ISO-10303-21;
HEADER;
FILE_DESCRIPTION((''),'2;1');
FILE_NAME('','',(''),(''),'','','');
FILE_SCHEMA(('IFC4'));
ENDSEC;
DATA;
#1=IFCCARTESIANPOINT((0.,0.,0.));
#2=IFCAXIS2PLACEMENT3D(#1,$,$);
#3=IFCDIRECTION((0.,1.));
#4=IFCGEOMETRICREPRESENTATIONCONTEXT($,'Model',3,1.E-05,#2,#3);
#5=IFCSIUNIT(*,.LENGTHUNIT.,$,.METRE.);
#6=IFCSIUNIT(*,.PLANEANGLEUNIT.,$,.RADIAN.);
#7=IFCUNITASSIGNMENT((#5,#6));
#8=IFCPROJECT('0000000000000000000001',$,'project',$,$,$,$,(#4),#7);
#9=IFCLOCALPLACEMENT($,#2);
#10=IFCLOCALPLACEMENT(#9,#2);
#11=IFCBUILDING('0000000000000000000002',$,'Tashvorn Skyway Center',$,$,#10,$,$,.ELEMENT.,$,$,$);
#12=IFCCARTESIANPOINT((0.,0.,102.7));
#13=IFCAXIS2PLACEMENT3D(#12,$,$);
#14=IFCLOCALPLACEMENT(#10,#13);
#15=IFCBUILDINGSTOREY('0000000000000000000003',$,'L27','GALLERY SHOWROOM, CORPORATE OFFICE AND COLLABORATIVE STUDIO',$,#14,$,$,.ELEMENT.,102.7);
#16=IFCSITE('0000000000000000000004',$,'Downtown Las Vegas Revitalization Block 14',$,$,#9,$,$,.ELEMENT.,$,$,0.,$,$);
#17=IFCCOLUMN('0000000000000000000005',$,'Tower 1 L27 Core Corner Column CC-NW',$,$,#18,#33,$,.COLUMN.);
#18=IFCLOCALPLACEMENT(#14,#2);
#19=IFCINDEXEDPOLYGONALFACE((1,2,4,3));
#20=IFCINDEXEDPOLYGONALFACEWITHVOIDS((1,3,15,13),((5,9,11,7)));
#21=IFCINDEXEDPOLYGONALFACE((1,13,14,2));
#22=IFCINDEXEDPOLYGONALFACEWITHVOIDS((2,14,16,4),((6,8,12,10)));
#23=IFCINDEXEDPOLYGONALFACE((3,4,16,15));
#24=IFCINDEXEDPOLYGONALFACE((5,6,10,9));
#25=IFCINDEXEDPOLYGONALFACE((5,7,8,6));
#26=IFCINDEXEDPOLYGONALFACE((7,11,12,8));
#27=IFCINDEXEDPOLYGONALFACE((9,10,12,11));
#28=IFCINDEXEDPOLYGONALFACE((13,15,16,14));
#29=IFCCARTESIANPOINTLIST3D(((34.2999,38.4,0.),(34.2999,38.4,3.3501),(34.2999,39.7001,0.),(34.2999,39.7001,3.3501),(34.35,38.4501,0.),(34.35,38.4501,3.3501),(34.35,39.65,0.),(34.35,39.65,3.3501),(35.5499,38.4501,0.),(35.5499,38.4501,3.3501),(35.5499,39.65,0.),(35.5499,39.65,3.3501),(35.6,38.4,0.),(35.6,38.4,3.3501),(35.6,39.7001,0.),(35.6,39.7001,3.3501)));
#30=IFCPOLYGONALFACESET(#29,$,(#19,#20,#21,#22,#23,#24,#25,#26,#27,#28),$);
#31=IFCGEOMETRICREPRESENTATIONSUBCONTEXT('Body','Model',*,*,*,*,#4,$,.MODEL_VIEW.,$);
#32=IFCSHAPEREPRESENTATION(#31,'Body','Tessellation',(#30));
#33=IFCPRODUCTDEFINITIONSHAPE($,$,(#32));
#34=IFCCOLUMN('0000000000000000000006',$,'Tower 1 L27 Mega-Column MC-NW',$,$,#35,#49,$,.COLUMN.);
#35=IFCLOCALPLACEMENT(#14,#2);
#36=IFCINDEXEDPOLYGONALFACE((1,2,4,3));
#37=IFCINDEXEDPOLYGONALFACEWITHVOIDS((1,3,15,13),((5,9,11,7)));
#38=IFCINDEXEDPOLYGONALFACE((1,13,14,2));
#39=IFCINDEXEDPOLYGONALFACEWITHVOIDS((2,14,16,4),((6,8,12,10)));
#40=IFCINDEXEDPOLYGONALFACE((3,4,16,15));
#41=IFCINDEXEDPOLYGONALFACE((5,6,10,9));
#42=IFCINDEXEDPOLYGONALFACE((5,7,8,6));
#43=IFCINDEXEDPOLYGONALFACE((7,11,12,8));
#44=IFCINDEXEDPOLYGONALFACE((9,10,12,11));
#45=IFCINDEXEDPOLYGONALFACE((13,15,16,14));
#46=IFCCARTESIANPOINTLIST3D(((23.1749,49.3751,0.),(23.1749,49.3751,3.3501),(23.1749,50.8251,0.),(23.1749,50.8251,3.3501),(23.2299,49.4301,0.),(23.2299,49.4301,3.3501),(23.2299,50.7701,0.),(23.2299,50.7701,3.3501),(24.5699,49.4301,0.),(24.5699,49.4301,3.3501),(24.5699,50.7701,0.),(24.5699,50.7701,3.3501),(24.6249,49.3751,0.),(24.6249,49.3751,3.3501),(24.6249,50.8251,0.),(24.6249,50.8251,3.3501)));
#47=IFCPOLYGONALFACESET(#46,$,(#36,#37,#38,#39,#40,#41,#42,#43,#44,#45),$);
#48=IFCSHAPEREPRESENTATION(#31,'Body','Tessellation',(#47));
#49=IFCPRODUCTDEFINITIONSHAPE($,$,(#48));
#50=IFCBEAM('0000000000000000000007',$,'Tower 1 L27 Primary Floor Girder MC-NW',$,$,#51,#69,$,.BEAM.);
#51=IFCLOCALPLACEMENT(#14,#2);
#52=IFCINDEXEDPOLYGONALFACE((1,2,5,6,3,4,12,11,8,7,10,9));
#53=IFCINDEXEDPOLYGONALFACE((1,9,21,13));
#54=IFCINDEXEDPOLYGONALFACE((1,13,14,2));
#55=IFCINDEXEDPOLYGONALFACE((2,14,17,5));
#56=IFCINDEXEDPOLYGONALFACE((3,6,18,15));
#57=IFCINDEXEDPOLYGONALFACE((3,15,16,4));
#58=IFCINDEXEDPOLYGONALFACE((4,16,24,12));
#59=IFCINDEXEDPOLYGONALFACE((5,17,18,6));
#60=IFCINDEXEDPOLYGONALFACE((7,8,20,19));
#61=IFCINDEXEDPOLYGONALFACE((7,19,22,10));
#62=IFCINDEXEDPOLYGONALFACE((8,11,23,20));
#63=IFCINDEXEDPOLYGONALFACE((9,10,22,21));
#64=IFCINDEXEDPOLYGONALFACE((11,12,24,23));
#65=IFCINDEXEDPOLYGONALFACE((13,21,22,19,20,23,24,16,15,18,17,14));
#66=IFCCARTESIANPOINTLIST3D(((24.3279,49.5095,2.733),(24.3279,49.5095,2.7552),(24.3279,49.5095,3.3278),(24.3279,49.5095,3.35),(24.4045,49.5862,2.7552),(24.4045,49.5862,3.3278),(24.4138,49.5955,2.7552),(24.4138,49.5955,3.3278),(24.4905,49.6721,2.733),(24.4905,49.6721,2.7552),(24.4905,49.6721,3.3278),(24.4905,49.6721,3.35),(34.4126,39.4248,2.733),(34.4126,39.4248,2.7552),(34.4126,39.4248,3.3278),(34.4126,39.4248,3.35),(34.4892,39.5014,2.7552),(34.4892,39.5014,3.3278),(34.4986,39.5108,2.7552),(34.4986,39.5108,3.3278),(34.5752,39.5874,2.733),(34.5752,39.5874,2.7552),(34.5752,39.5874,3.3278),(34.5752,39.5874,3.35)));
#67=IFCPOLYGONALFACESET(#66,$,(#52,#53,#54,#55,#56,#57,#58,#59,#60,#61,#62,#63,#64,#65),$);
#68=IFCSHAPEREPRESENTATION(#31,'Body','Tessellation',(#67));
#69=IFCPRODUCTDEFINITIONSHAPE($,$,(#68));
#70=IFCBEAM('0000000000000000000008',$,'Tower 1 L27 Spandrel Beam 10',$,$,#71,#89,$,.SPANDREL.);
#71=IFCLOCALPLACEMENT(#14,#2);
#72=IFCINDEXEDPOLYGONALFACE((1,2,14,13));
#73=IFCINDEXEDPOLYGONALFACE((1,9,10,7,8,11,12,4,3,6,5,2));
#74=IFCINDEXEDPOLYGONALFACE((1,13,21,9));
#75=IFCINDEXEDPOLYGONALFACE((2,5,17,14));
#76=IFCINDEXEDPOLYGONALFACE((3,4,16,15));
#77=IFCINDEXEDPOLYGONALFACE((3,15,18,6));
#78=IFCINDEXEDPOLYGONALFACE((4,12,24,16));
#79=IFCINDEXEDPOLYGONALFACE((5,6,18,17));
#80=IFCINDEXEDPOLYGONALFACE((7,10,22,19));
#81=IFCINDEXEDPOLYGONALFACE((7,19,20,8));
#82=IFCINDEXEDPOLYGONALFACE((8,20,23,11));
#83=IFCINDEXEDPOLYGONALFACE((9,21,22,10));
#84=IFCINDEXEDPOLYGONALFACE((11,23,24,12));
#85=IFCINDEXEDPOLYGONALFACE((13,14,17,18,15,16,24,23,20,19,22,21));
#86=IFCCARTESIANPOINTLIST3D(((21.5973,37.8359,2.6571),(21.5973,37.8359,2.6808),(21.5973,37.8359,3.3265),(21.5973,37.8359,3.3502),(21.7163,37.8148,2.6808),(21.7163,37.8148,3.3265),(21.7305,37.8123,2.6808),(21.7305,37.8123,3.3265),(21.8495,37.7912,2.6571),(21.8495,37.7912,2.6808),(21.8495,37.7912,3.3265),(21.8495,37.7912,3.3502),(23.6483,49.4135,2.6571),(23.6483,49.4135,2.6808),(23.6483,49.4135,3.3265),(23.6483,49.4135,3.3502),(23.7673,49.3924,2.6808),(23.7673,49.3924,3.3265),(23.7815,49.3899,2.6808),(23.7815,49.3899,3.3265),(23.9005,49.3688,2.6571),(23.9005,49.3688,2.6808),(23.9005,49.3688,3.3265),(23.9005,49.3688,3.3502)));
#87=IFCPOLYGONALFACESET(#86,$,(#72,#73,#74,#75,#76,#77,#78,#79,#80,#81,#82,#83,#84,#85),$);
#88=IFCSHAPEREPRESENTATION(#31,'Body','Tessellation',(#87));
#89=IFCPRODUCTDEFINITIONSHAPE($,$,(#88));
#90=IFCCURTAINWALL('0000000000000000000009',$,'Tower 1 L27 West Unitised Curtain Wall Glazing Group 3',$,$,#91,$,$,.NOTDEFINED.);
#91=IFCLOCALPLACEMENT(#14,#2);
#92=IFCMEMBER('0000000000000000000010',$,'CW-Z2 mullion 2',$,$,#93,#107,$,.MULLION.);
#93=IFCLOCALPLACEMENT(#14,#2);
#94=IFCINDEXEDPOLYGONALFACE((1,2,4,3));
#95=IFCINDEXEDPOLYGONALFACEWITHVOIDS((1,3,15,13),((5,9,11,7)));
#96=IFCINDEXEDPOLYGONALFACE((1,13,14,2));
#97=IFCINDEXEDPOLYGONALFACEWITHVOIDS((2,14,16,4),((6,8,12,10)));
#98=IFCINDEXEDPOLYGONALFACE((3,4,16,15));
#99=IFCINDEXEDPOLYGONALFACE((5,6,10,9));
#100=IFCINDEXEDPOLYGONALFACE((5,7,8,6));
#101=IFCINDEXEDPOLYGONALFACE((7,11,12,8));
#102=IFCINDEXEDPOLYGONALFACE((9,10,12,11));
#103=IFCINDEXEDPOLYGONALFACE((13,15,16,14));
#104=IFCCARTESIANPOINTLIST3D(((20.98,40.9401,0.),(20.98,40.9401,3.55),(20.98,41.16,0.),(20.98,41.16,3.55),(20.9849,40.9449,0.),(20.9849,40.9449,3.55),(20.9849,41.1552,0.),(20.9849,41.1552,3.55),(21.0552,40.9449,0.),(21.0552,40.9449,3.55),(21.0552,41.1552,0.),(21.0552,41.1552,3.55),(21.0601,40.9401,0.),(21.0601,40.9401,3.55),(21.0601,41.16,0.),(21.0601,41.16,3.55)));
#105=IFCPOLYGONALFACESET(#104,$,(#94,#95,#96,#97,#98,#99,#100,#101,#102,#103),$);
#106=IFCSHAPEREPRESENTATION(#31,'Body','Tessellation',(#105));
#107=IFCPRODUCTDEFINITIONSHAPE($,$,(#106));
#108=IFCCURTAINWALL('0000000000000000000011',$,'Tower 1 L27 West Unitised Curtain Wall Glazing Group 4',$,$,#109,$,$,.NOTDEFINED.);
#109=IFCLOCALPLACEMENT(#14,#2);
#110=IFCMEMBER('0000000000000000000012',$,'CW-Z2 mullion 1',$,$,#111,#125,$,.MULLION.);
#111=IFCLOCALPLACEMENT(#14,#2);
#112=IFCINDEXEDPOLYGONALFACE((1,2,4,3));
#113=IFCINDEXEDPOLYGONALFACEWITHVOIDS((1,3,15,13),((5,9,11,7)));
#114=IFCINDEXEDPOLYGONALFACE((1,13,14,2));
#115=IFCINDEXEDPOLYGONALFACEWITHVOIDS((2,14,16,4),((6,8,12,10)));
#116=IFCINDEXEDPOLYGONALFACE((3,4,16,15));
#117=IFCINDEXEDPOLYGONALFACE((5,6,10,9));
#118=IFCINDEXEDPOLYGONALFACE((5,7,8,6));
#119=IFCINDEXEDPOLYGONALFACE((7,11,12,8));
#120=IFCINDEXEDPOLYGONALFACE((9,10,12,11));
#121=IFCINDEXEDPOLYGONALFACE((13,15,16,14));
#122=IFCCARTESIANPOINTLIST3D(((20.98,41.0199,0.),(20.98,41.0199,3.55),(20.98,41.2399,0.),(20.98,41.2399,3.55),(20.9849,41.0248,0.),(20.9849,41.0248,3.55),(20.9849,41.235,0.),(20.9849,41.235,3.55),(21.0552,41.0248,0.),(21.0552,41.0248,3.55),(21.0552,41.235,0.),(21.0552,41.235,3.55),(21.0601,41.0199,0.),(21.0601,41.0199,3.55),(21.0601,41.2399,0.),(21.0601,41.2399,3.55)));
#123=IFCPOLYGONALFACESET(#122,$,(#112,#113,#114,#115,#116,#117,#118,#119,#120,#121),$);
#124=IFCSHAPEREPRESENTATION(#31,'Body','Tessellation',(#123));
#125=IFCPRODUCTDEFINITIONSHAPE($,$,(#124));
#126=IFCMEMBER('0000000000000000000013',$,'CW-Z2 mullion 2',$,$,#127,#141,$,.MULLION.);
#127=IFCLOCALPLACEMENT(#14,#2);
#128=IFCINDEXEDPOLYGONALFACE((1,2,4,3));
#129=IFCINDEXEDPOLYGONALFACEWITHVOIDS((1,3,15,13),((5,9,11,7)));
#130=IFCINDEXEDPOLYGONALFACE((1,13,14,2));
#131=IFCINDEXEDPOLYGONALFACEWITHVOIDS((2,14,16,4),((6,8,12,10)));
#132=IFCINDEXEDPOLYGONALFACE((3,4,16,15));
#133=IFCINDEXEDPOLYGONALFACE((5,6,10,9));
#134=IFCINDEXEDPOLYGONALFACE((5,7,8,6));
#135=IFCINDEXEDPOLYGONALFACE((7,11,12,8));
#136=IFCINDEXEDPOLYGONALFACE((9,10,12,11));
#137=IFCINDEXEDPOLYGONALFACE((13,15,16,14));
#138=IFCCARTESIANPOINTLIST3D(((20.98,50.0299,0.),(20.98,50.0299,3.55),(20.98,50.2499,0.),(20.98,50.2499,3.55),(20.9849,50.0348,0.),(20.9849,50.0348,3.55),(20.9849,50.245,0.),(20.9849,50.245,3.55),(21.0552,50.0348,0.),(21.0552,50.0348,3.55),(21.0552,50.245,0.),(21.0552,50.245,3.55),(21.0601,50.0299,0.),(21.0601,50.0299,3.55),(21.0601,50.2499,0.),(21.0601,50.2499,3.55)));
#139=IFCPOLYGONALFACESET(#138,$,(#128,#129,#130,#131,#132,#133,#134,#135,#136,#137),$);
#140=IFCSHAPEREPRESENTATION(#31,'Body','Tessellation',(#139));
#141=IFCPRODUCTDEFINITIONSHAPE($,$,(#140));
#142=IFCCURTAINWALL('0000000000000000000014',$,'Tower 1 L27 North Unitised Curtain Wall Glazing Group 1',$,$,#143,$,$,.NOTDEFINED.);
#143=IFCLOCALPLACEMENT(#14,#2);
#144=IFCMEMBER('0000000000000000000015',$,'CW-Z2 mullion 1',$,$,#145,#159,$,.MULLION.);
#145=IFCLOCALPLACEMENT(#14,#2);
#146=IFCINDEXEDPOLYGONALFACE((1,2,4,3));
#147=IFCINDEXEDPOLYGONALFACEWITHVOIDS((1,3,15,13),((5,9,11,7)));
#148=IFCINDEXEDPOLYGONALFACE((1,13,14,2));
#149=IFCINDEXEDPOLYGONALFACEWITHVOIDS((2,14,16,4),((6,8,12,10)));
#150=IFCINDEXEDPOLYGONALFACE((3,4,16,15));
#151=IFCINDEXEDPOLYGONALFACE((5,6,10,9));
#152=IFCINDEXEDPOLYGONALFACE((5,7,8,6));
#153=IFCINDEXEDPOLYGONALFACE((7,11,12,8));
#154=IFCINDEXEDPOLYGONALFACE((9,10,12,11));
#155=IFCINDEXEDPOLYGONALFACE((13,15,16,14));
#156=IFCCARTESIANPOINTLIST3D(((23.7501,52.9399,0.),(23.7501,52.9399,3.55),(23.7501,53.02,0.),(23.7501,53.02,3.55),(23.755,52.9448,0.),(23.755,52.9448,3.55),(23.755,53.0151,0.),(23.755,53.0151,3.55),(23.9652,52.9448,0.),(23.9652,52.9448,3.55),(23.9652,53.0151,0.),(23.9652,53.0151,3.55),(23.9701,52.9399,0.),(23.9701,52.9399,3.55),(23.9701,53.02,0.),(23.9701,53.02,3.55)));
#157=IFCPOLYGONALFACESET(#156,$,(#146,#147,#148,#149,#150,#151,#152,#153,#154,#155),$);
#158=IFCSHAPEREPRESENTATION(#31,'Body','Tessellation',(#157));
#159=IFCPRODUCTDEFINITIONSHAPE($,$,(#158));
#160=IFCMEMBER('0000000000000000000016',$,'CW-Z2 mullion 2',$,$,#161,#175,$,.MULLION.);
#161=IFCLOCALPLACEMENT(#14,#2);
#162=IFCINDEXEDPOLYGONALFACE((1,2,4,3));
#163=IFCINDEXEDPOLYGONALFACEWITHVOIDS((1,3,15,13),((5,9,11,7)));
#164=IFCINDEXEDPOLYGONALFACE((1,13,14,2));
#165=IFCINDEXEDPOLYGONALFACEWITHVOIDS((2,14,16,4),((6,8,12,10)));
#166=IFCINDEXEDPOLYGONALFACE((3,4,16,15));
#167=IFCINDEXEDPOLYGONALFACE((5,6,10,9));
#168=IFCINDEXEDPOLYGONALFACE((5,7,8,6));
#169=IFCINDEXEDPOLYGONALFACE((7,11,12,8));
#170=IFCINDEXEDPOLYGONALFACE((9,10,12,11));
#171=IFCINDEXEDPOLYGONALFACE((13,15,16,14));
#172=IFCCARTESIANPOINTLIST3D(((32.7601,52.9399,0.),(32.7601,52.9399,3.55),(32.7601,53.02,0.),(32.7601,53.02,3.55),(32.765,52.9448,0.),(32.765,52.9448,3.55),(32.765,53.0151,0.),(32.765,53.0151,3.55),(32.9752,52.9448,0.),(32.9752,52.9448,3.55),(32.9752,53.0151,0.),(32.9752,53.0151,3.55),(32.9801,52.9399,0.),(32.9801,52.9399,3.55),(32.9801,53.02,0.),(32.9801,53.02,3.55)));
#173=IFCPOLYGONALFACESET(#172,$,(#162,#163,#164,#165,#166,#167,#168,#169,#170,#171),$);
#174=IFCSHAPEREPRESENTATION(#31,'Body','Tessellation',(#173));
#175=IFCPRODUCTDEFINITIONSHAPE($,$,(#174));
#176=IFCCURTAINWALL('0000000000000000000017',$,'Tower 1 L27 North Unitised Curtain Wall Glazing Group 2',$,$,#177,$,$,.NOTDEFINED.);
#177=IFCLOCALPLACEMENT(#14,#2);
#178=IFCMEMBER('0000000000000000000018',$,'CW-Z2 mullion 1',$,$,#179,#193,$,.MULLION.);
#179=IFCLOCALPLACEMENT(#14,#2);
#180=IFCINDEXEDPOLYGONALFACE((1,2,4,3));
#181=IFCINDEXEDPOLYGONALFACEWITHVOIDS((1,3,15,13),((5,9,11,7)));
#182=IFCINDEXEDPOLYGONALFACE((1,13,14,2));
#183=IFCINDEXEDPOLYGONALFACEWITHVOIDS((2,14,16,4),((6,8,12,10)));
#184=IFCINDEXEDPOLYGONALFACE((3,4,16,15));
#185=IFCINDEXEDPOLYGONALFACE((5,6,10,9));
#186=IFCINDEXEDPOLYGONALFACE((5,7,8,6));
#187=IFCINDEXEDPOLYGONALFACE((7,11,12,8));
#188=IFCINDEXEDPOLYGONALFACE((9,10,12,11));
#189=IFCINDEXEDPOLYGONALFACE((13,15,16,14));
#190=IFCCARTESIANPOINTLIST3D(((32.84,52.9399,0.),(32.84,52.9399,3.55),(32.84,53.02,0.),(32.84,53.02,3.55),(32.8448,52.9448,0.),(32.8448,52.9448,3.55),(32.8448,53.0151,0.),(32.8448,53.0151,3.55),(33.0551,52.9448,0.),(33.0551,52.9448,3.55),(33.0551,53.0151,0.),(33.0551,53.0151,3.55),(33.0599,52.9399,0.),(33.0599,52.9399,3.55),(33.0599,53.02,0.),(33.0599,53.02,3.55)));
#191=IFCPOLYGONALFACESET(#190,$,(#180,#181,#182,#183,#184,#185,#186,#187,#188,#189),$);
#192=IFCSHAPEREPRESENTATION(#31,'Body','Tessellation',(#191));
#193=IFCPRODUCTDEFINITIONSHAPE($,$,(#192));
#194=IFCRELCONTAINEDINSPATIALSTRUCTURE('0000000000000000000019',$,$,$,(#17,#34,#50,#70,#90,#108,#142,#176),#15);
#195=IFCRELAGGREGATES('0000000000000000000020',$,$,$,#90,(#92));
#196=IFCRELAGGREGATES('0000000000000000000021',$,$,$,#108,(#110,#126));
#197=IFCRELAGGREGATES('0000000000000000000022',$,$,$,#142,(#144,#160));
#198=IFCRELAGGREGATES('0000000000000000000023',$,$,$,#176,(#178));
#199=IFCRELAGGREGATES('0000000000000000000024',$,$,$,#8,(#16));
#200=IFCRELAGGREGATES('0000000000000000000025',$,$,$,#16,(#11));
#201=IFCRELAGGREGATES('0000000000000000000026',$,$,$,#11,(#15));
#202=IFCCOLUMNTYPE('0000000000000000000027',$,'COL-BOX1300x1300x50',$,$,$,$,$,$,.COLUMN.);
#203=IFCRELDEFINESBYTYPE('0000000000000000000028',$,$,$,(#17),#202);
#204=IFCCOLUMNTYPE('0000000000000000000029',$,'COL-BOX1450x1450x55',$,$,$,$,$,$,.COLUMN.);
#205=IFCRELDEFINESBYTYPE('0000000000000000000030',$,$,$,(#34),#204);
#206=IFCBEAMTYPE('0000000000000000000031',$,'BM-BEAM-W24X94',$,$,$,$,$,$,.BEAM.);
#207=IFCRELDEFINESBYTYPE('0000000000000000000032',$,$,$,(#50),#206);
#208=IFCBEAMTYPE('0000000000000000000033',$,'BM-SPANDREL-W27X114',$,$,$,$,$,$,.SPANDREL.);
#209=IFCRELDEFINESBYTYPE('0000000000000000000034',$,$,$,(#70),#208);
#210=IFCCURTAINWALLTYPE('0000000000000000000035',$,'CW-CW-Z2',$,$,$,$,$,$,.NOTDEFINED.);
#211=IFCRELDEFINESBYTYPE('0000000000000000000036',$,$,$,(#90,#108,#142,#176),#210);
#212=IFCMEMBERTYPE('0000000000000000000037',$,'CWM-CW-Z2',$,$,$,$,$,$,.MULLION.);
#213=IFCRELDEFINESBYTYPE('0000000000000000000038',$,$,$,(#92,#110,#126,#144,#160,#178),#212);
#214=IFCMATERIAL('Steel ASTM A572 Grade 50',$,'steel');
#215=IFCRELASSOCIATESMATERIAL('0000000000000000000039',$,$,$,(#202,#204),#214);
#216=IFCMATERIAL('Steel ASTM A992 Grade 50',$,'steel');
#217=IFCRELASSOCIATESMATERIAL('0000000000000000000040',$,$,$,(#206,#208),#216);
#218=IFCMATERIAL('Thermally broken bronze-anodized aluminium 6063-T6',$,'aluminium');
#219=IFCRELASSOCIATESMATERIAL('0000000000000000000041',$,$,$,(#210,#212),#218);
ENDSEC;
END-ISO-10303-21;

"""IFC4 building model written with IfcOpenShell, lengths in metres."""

from ifc_helpers import new_model, si_unit, direction, frame, origin, origin_2d, place, context, subcontext, project, spatial, hollow_rectangle, i_section, extrude, material, material_profile, profile_set, type_object, element, aggregate, save


model = new_model("IFC4")

# Units and contexts
model_context = context("Model", 3, precision=1e-05, world=origin(), true_north=direction((0.0, 1.0)))
body_context = subcontext(model_context, "Body", "Model", "MODEL_VIEW")
ifc_project = project(units=[si_unit("LENGTHUNIT", "METRE"), si_unit("PLANEANGLEUNIT", "RADIAN")], contexts=[model_context])

# Site, building, storey
site_placement = place(None, origin())
site = spatial("IfcSite", under=ifc_project, at=site_placement, Name="Downtown Las Vegas Revitalization Block 14", CompositionType="ELEMENT", RefElevation=0.0)
building_placement = place(site_placement, origin())
building = spatial("IfcBuilding", under=site, at=building_placement, Name="Tashvorn Skyway Center", CompositionType="ELEMENT")
storey_placement = place(building_placement, frame((0.0, 0.0, 102.7)))
storey = spatial("IfcBuildingStorey", under=building, at=storey_placement, Name="L27", Description="GALLERY SHOWROOM, CORPORATE OFFICE AND COLLABORATIVE STUDIO", CompositionType="ELEMENT", Elevation=102.7)

# Columns
ifc_material_1 = material(Name="Steel ASTM A572 Grade 50", Category="steel")
ifc_material_profile_1 = material_profile(ifc_material_1, hollow_rectangle(XDim=1.3, YDim=1.3, WallThickness=0.05, at=origin_2d()), Name="BOX1300x1300x50")
ifc_profile_set_1 = profile_set([ifc_material_profile_1], Name="Steel ASTM A572 Grade 50")
column_type_1 = type_object("IfcColumnType", Name="COL-BOX1300x1300x50", PredefinedType="COLUMN", material=ifc_profile_set_1)
column_1_placement = place(storey_placement, frame((34.95, 39.05, 0.0), z_axis=(0.0, 0.0, 1.0), x_axis=(1.0, 0.0, 0.0)))
element("IfcColumn", 1, at=column_1_placement, inside=storey, type_object=column_type_1, Name="Tower 1 L27 Core Corner Column CC-NW", PredefinedType="COLUMN", context=body_context, shape_type="SweptSolid", body=[
    extrude(hollow_rectangle(XDim=1.3, YDim=1.3, WallThickness=0.05, at=origin_2d()), origin(), (0.0, 0.0, 1.0), 3.3501),
])
ifc_material_profile_2 = material_profile(ifc_material_1, hollow_rectangle(XDim=1.45, YDim=1.45, WallThickness=0.0549, at=origin_2d()), Name="BOX1450x1450x55")
ifc_profile_set_2 = profile_set([ifc_material_profile_2], Name="Steel ASTM A572 Grade 50")
column_type_2 = type_object("IfcColumnType", Name="COL-BOX1450x1450x55", PredefinedType="COLUMN", material=ifc_profile_set_2)
column_2_placement = place(storey_placement, frame((23.8999, 50.1001, 0.0), z_axis=(0.0, 0.0, 1.0), x_axis=(1.0, 0.0, 0.0)))
element("IfcColumn", 2, at=column_2_placement, inside=storey, type_object=column_type_2, Name="Tower 1 L27 Mega-Column MC-NW", PredefinedType="COLUMN", context=body_context, shape_type="SweptSolid", body=[
    extrude(hollow_rectangle(XDim=1.45, YDim=1.45, WallThickness=0.0549, at=origin_2d()), origin(), (0.0, 0.0, 1.0), 3.3501),
])

# Beams
ifc_material_2 = material(Name="Steel ASTM A992 Grade 50", Category="steel")
ifc_material_profile_3 = material_profile(ifc_material_2, i_section(OverallWidth=0.23, OverallDepth=0.6169, WebThickness=0.0132, FlangeThickness=0.0222, at=origin_2d()), Name="W24X94")
ifc_profile_set_3 = profile_set([ifc_material_profile_3], Name="Steel ASTM A992 Grade 50")
beam_type_1 = type_object("IfcBeamType", Name="BM-BEAM-W24X94", PredefinedType="BEAM", material=ifc_profile_set_3)
beam_1_placement = place(storey_placement, frame((24.4092, 49.5908, 3.0415), z_axis=(0.707107, -0.707107, 0.0), x_axis=(0.707107, 0.707107, 0.0)))
element("IfcBeam", 3, at=beam_1_placement, inside=storey, type_object=beam_type_1, Name="Tower 1 L27 Primary Floor Girder MC-NW", PredefinedType="BEAM", context=body_context, shape_type="SweptSolid", body=[
    extrude(i_section(OverallWidth=0.23, OverallDepth=0.6169, WebThickness=0.0132, FlangeThickness=0.0222, at=origin_2d()), origin(), (0.0, 0.0, 1.0), 14.262),
])
ifc_material_profile_4 = material_profile(ifc_material_2, i_section(OverallWidth=0.2561, OverallDepth=0.6931, WebThickness=0.0144, FlangeThickness=0.0237, at=origin_2d()), Name="W27X114")
ifc_profile_set_4 = profile_set([ifc_material_profile_4], Name="Steel ASTM A992 Grade 50")
beam_type_2 = type_object("IfcBeamType", Name="BM-SPANDREL-W27X114", PredefinedType="SPANDREL", material=ifc_profile_set_4)
beam_2_placement = place(storey_placement, frame((23.7744, 49.3911, 3.0037), z_axis=(-0.174438, -0.984668, 0.0), x_axis=(0.984668, -0.174438, 0.0)))
element("IfcBeam", 4, at=beam_2_placement, inside=storey, type_object=beam_type_2, Name="Tower 1 L27 Spandrel Beam 10", PredefinedType="SPANDREL", context=body_context, shape_type="SweptSolid", body=[
    extrude(i_section(OverallWidth=0.2561, OverallDepth=0.6931, WebThickness=0.0144, FlangeThickness=0.0237, at=origin_2d()), origin(), (0.0, 0.0, 1.0), 11.7578),
])

# Curtain wall, member
ifc_material_3 = material(Name="Thermally broken bronze-anodized aluminium 6063-T6", Category="aluminium")
curtain_wall_type = type_object("IfcCurtainWallType", Name="CW-CW-Z2", PredefinedType="NOTDEFINED", material=ifc_material_3)
curtain_wall_1_placement = place(storey_placement, origin())
curtain_wall_1 = element("IfcCurtainWall", 5, at=curtain_wall_1_placement, inside=storey, type_object=curtain_wall_type, Name="Tower 1 L27 West Unitised Curtain Wall Glazing Group 3", PredefinedType="NOTDEFINED")
ifc_material_profile_5 = material_profile(ifc_material_3, hollow_rectangle(XDim=0.0801, YDim=0.22, WallThickness=0.0049, at=origin_2d()), Name="ALU-MULL-80x220")
ifc_profile_set_5 = profile_set([ifc_material_profile_5], Name="Thermally broken bronze-anodized aluminium 6063-T6")
member_type_1 = type_object("IfcMemberType", Name="CWM-CW-Z2", PredefinedType="MULLION", material=ifc_profile_set_5)
member_1_placement = place(storey_placement, frame((21.02, 41.05, 0.0), z_axis=(0.0, 0.0, 1.0), x_axis=(-1.0, 0.0, 0.0)))
member_1 = element("IfcMember", 6, at=member_1_placement, type_object=member_type_1, Name="CW-Z2 mullion 2", PredefinedType="MULLION", context=body_context, shape_type="SweptSolid", body=[
    extrude(hollow_rectangle(XDim=0.0801, YDim=0.22, WallThickness=0.0049, at=origin_2d()), origin(), (0.0, 0.0, 1.0), 3.55),
])

# Curtain walls, members
curtain_wall_2_placement = place(storey_placement, origin())
curtain_wall_2 = element("IfcCurtainWall", 7, at=curtain_wall_2_placement, inside=storey, type_object=curtain_wall_type, Name="Tower 1 L27 West Unitised Curtain Wall Glazing Group 4", PredefinedType="NOTDEFINED")
member_2_placement = place(storey_placement, frame((21.02, 41.1299, 0.0), z_axis=(0.0, 0.0, 1.0), x_axis=(-1.0, 0.0, 0.0)))
member_2 = element("IfcMember", 8, at=member_2_placement, type_object=member_type_1, Name="CW-Z2 mullion 1", PredefinedType="MULLION", context=body_context, shape_type="SweptSolid", body=[
    extrude(hollow_rectangle(XDim=0.0801, YDim=0.22, WallThickness=0.0049, at=origin_2d()), origin(), (0.0, 0.0, 1.0), 3.55),
])
member_3_placement = place(storey_placement, frame((21.02, 50.1399, 0.0), z_axis=(0.0, 0.0, 1.0), x_axis=(-1.0, 0.0, 0.0)))
member_3 = element("IfcMember", 9, at=member_3_placement, type_object=member_type_1, Name="CW-Z2 mullion 2", PredefinedType="MULLION", context=body_context, shape_type="SweptSolid", body=[
    extrude(hollow_rectangle(XDim=0.0801, YDim=0.22, WallThickness=0.0049, at=origin_2d()), origin(), (0.0, 0.0, 1.0), 3.55),
])
curtain_wall_3_placement = place(storey_placement, origin())
curtain_wall_3 = element("IfcCurtainWall", 10, at=curtain_wall_3_placement, inside=storey, type_object=curtain_wall_type, Name="Tower 1 L27 North Unitised Curtain Wall Glazing Group 1", PredefinedType="NOTDEFINED")
member_4_placement = place(storey_placement, frame((23.8601, 52.98, 0.0), z_axis=(0.0, 0.0, 1.0), x_axis=(0.0, 1.0, 0.0)))
member_4 = element("IfcMember", 11, at=member_4_placement, type_object=member_type_1, Name="CW-Z2 mullion 1", PredefinedType="MULLION", context=body_context, shape_type="SweptSolid", body=[
    extrude(hollow_rectangle(XDim=0.0801, YDim=0.22, WallThickness=0.0049, at=origin_2d()), origin(), (0.0, 0.0, 1.0), 3.55),
])
member_5_placement = place(storey_placement, frame((32.8701, 52.98, 0.0), z_axis=(0.0, 0.0, 1.0), x_axis=(0.0, 1.0, 0.0)))
member_5 = element("IfcMember", 12, at=member_5_placement, type_object=member_type_1, Name="CW-Z2 mullion 2", PredefinedType="MULLION", context=body_context, shape_type="SweptSolid", body=[
    extrude(hollow_rectangle(XDim=0.0801, YDim=0.22, WallThickness=0.0049, at=origin_2d()), origin(), (0.0, 0.0, 1.0), 3.55),
])

# Curtain wall, member
curtain_wall_4_placement = place(storey_placement, origin())
curtain_wall_4 = element("IfcCurtainWall", 13, at=curtain_wall_4_placement, inside=storey, type_object=curtain_wall_type, Name="Tower 1 L27 North Unitised Curtain Wall Glazing Group 2", PredefinedType="NOTDEFINED")
member_6_placement = place(storey_placement, frame((32.95, 52.98, 0.0), z_axis=(0.0, 0.0, 1.0), x_axis=(0.0, 1.0, 0.0)))
member_6 = element("IfcMember", 14, at=member_6_placement, type_object=member_type_1, Name="CW-Z2 mullion 1", PredefinedType="MULLION", context=body_context, shape_type="SweptSolid", body=[
    extrude(hollow_rectangle(XDim=0.0801, YDim=0.22, WallThickness=0.0049, at=origin_2d()), origin(), (0.0, 0.0, 1.0), 3.55),
])

aggregate(curtain_wall_1, [member_1])
aggregate(curtain_wall_2, [member_2, member_3])
aggregate(curtain_wall_3, [member_4, member_5])
aggregate(curtain_wall_4, [member_6])

save(model, "model.ifc")
